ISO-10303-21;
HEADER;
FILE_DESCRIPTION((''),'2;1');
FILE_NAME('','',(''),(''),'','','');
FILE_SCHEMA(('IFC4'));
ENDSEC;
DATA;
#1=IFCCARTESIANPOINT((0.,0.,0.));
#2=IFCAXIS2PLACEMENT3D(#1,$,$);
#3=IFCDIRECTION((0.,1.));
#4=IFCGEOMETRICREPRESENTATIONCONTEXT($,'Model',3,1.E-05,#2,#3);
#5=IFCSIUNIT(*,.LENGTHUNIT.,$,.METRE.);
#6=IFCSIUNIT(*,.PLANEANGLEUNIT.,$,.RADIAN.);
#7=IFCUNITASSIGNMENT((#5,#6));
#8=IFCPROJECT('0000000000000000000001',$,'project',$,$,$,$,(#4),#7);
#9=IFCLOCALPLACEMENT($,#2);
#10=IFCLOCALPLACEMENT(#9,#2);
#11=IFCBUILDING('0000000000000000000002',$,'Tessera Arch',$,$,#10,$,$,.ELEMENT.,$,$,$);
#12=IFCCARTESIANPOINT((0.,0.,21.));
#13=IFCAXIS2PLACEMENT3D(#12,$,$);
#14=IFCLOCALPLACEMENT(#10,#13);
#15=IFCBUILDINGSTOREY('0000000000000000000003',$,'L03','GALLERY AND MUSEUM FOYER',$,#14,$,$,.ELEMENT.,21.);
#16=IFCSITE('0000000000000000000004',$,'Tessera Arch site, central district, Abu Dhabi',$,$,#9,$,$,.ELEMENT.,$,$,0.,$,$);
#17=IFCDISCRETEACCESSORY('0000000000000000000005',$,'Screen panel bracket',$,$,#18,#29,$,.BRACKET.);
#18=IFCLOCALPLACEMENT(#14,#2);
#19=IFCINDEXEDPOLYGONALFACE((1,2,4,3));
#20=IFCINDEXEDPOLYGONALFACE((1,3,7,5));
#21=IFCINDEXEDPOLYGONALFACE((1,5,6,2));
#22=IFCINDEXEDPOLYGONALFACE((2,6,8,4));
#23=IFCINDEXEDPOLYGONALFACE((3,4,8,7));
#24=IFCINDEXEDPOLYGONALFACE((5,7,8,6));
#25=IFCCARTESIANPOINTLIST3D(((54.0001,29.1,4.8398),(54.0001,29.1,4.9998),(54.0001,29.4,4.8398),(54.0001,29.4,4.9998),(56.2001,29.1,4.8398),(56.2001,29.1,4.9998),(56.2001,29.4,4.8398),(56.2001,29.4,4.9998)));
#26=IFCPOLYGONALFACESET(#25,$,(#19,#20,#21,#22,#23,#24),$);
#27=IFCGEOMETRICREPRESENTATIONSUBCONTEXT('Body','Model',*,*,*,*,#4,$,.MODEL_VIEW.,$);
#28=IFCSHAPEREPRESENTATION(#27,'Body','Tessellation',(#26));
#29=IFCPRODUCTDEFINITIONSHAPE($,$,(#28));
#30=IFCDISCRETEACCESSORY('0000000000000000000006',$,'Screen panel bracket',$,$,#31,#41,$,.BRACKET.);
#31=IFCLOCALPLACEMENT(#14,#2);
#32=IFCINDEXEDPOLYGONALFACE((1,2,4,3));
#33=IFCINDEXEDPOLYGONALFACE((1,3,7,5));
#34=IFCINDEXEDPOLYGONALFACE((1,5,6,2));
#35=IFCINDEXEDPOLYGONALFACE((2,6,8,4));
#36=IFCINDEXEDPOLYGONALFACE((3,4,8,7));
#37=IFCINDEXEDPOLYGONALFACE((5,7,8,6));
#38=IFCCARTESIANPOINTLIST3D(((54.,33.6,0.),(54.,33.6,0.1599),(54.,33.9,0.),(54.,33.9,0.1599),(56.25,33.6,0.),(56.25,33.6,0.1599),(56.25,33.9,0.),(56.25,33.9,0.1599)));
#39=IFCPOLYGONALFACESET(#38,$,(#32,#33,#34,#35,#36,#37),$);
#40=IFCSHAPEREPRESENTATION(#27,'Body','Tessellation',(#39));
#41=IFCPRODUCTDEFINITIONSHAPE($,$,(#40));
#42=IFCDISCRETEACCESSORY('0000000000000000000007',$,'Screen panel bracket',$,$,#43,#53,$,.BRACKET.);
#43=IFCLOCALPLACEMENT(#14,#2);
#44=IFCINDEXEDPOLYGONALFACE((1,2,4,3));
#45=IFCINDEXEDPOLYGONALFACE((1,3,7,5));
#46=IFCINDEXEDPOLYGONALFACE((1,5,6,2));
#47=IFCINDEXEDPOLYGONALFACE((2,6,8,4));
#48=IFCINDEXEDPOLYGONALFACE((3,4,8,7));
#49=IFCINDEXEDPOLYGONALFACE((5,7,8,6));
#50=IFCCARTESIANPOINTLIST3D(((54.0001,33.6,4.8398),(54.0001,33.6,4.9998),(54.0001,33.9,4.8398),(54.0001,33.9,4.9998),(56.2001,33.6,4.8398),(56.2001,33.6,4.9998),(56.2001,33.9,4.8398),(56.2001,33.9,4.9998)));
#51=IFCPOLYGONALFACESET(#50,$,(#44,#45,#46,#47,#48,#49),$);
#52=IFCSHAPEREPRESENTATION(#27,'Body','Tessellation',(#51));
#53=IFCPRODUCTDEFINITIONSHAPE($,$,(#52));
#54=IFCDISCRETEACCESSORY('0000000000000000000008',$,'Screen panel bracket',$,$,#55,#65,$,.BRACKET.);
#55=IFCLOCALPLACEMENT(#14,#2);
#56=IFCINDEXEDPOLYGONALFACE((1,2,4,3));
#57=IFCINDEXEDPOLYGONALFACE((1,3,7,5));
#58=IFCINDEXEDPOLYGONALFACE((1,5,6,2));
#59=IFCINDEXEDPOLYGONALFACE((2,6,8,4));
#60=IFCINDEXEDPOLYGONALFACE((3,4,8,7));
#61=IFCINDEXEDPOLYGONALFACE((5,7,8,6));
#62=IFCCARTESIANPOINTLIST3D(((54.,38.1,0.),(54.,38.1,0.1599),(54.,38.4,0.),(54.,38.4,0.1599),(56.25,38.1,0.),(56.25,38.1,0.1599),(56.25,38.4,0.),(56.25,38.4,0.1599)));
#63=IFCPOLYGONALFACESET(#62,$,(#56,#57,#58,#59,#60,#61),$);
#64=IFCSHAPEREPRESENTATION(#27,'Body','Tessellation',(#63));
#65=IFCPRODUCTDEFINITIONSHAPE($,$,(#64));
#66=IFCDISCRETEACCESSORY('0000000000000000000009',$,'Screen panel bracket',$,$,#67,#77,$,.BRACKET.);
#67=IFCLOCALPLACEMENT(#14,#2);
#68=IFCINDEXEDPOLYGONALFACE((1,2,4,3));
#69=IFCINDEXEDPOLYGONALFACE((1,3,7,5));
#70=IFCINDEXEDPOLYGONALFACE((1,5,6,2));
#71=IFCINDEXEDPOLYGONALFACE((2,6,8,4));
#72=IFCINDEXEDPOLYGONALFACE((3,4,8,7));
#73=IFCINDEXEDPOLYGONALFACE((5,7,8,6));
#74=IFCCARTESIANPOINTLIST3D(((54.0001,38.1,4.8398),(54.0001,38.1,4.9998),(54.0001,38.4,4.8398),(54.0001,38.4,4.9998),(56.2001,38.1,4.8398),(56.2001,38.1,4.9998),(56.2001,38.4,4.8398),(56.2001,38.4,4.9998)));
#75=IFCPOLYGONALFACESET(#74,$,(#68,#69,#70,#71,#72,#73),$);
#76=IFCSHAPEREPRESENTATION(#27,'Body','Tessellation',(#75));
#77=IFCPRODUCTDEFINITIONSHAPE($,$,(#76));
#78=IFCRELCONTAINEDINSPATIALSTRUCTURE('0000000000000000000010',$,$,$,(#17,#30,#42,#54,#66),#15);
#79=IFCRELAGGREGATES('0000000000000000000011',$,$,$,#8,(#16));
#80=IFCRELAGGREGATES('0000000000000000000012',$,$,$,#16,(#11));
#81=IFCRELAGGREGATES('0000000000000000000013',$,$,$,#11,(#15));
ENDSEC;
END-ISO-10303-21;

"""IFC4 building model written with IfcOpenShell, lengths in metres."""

from ifc_helpers import new_model, si_unit, direction, frame, origin, origin_2d, place, context, subcontext, project, spatial, rectangle, extrude, element, save


model = new_model("IFC4")

# Units and contexts
model_context = context("Model", 3, precision=1e-05, world=origin(), true_north=direction((0.0, 1.0)))
body_context = subcontext(model_context, "Body", "Model", "MODEL_VIEW")
ifc_project = project(units=[si_unit("LENGTHUNIT", "METRE"), si_unit("PLANEANGLEUNIT", "RADIAN")], contexts=[model_context])

# Site, building, storey
site_placement = place(None, origin())
site = spatial("IfcSite", under=ifc_project, at=site_placement, Name="Tessera Arch site, central district, Abu Dhabi", CompositionType="ELEMENT", RefElevation=0.0)
building_placement = place(site_placement, origin())
building = spatial("IfcBuilding", under=site, at=building_placement, Name="Tessera Arch", CompositionType="ELEMENT")
storey_placement = place(building_placement, frame((0.0, 0.0, 21.0)))
storey = spatial("IfcBuildingStorey", under=building, at=storey_placement, Name="L03", Description="GALLERY AND MUSEUM FOYER", CompositionType="ELEMENT", Elevation=21.0)

# Discrete accessories
discrete_accessory_1_placement = place(storey_placement, frame((55.1001, 29.25, 4.8398), z_axis=(0.0, 0.0, 1.0), x_axis=(1.0, 0.0, 0.0)))
element("IfcDiscreteAccessory", 1, at=discrete_accessory_1_placement, inside=storey, Name="Screen panel bracket", PredefinedType="BRACKET", context=body_context, shape_type="SweptSolid", body=[
    extrude(rectangle(XDim=2.2, YDim=0.3, at=origin_2d()), origin(), (0.0, 0.0, 1.0), 0.1599),
])
discrete_accessory_2_placement = place(storey_placement, frame((55.125, 33.75, 0.0), z_axis=(0.0, 0.0, 1.0), x_axis=(1.0, 0.0, 0.0)))
element("IfcDiscreteAccessory", 2, at=discrete_accessory_2_placement, inside=storey, Name="Screen panel bracket", PredefinedType="BRACKET", context=body_context, shape_type="SweptSolid", body=[
    extrude(rectangle(XDim=2.25, YDim=0.3, at=origin_2d()), origin(), (0.0, 0.0, 1.0), 0.1599),
])
discrete_accessory_3_placement = place(storey_placement, frame((55.1001, 33.75, 4.8398), z_axis=(0.0, 0.0, 1.0), x_axis=(1.0, 0.0, 0.0)))
element("IfcDiscreteAccessory", 3, at=discrete_accessory_3_placement, inside=storey, Name="Screen panel bracket", PredefinedType="BRACKET", context=body_context, shape_type="SweptSolid", body=[
    extrude(rectangle(XDim=2.2, YDim=0.3, at=origin_2d()), origin(), (0.0, 0.0, 1.0), 0.1599),
])
discrete_accessory_4_placement = place(storey_placement, frame((55.125, 38.25, 0.0), z_axis=(0.0, 0.0, 1.0), x_axis=(1.0, 0.0, 0.0)))
element("IfcDiscreteAccessory", 4, at=discrete_accessory_4_placement, inside=storey, Name="Screen panel bracket", PredefinedType="BRACKET", context=body_context, shape_type="SweptSolid", body=[
    extrude(rectangle(XDim=2.25, YDim=0.3, at=origin_2d()), origin(), (0.0, 0.0, 1.0), 0.1599),
])
discrete_accessory_5_placement = place(storey_placement, frame((55.1001, 38.25, 4.8398), z_axis=(0.0, 0.0, 1.0), x_axis=(1.0, 0.0, 0.0)))
element("IfcDiscreteAccessory", 5, at=discrete_accessory_5_placement, inside=storey, Name="Screen panel bracket", PredefinedType="BRACKET", context=body_context, shape_type="SweptSolid", body=[
    extrude(rectangle(XDim=2.2, YDim=0.3, at=origin_2d()), origin(), (0.0, 0.0, 1.0), 0.1599),
])

save(model, "model.ifc")
